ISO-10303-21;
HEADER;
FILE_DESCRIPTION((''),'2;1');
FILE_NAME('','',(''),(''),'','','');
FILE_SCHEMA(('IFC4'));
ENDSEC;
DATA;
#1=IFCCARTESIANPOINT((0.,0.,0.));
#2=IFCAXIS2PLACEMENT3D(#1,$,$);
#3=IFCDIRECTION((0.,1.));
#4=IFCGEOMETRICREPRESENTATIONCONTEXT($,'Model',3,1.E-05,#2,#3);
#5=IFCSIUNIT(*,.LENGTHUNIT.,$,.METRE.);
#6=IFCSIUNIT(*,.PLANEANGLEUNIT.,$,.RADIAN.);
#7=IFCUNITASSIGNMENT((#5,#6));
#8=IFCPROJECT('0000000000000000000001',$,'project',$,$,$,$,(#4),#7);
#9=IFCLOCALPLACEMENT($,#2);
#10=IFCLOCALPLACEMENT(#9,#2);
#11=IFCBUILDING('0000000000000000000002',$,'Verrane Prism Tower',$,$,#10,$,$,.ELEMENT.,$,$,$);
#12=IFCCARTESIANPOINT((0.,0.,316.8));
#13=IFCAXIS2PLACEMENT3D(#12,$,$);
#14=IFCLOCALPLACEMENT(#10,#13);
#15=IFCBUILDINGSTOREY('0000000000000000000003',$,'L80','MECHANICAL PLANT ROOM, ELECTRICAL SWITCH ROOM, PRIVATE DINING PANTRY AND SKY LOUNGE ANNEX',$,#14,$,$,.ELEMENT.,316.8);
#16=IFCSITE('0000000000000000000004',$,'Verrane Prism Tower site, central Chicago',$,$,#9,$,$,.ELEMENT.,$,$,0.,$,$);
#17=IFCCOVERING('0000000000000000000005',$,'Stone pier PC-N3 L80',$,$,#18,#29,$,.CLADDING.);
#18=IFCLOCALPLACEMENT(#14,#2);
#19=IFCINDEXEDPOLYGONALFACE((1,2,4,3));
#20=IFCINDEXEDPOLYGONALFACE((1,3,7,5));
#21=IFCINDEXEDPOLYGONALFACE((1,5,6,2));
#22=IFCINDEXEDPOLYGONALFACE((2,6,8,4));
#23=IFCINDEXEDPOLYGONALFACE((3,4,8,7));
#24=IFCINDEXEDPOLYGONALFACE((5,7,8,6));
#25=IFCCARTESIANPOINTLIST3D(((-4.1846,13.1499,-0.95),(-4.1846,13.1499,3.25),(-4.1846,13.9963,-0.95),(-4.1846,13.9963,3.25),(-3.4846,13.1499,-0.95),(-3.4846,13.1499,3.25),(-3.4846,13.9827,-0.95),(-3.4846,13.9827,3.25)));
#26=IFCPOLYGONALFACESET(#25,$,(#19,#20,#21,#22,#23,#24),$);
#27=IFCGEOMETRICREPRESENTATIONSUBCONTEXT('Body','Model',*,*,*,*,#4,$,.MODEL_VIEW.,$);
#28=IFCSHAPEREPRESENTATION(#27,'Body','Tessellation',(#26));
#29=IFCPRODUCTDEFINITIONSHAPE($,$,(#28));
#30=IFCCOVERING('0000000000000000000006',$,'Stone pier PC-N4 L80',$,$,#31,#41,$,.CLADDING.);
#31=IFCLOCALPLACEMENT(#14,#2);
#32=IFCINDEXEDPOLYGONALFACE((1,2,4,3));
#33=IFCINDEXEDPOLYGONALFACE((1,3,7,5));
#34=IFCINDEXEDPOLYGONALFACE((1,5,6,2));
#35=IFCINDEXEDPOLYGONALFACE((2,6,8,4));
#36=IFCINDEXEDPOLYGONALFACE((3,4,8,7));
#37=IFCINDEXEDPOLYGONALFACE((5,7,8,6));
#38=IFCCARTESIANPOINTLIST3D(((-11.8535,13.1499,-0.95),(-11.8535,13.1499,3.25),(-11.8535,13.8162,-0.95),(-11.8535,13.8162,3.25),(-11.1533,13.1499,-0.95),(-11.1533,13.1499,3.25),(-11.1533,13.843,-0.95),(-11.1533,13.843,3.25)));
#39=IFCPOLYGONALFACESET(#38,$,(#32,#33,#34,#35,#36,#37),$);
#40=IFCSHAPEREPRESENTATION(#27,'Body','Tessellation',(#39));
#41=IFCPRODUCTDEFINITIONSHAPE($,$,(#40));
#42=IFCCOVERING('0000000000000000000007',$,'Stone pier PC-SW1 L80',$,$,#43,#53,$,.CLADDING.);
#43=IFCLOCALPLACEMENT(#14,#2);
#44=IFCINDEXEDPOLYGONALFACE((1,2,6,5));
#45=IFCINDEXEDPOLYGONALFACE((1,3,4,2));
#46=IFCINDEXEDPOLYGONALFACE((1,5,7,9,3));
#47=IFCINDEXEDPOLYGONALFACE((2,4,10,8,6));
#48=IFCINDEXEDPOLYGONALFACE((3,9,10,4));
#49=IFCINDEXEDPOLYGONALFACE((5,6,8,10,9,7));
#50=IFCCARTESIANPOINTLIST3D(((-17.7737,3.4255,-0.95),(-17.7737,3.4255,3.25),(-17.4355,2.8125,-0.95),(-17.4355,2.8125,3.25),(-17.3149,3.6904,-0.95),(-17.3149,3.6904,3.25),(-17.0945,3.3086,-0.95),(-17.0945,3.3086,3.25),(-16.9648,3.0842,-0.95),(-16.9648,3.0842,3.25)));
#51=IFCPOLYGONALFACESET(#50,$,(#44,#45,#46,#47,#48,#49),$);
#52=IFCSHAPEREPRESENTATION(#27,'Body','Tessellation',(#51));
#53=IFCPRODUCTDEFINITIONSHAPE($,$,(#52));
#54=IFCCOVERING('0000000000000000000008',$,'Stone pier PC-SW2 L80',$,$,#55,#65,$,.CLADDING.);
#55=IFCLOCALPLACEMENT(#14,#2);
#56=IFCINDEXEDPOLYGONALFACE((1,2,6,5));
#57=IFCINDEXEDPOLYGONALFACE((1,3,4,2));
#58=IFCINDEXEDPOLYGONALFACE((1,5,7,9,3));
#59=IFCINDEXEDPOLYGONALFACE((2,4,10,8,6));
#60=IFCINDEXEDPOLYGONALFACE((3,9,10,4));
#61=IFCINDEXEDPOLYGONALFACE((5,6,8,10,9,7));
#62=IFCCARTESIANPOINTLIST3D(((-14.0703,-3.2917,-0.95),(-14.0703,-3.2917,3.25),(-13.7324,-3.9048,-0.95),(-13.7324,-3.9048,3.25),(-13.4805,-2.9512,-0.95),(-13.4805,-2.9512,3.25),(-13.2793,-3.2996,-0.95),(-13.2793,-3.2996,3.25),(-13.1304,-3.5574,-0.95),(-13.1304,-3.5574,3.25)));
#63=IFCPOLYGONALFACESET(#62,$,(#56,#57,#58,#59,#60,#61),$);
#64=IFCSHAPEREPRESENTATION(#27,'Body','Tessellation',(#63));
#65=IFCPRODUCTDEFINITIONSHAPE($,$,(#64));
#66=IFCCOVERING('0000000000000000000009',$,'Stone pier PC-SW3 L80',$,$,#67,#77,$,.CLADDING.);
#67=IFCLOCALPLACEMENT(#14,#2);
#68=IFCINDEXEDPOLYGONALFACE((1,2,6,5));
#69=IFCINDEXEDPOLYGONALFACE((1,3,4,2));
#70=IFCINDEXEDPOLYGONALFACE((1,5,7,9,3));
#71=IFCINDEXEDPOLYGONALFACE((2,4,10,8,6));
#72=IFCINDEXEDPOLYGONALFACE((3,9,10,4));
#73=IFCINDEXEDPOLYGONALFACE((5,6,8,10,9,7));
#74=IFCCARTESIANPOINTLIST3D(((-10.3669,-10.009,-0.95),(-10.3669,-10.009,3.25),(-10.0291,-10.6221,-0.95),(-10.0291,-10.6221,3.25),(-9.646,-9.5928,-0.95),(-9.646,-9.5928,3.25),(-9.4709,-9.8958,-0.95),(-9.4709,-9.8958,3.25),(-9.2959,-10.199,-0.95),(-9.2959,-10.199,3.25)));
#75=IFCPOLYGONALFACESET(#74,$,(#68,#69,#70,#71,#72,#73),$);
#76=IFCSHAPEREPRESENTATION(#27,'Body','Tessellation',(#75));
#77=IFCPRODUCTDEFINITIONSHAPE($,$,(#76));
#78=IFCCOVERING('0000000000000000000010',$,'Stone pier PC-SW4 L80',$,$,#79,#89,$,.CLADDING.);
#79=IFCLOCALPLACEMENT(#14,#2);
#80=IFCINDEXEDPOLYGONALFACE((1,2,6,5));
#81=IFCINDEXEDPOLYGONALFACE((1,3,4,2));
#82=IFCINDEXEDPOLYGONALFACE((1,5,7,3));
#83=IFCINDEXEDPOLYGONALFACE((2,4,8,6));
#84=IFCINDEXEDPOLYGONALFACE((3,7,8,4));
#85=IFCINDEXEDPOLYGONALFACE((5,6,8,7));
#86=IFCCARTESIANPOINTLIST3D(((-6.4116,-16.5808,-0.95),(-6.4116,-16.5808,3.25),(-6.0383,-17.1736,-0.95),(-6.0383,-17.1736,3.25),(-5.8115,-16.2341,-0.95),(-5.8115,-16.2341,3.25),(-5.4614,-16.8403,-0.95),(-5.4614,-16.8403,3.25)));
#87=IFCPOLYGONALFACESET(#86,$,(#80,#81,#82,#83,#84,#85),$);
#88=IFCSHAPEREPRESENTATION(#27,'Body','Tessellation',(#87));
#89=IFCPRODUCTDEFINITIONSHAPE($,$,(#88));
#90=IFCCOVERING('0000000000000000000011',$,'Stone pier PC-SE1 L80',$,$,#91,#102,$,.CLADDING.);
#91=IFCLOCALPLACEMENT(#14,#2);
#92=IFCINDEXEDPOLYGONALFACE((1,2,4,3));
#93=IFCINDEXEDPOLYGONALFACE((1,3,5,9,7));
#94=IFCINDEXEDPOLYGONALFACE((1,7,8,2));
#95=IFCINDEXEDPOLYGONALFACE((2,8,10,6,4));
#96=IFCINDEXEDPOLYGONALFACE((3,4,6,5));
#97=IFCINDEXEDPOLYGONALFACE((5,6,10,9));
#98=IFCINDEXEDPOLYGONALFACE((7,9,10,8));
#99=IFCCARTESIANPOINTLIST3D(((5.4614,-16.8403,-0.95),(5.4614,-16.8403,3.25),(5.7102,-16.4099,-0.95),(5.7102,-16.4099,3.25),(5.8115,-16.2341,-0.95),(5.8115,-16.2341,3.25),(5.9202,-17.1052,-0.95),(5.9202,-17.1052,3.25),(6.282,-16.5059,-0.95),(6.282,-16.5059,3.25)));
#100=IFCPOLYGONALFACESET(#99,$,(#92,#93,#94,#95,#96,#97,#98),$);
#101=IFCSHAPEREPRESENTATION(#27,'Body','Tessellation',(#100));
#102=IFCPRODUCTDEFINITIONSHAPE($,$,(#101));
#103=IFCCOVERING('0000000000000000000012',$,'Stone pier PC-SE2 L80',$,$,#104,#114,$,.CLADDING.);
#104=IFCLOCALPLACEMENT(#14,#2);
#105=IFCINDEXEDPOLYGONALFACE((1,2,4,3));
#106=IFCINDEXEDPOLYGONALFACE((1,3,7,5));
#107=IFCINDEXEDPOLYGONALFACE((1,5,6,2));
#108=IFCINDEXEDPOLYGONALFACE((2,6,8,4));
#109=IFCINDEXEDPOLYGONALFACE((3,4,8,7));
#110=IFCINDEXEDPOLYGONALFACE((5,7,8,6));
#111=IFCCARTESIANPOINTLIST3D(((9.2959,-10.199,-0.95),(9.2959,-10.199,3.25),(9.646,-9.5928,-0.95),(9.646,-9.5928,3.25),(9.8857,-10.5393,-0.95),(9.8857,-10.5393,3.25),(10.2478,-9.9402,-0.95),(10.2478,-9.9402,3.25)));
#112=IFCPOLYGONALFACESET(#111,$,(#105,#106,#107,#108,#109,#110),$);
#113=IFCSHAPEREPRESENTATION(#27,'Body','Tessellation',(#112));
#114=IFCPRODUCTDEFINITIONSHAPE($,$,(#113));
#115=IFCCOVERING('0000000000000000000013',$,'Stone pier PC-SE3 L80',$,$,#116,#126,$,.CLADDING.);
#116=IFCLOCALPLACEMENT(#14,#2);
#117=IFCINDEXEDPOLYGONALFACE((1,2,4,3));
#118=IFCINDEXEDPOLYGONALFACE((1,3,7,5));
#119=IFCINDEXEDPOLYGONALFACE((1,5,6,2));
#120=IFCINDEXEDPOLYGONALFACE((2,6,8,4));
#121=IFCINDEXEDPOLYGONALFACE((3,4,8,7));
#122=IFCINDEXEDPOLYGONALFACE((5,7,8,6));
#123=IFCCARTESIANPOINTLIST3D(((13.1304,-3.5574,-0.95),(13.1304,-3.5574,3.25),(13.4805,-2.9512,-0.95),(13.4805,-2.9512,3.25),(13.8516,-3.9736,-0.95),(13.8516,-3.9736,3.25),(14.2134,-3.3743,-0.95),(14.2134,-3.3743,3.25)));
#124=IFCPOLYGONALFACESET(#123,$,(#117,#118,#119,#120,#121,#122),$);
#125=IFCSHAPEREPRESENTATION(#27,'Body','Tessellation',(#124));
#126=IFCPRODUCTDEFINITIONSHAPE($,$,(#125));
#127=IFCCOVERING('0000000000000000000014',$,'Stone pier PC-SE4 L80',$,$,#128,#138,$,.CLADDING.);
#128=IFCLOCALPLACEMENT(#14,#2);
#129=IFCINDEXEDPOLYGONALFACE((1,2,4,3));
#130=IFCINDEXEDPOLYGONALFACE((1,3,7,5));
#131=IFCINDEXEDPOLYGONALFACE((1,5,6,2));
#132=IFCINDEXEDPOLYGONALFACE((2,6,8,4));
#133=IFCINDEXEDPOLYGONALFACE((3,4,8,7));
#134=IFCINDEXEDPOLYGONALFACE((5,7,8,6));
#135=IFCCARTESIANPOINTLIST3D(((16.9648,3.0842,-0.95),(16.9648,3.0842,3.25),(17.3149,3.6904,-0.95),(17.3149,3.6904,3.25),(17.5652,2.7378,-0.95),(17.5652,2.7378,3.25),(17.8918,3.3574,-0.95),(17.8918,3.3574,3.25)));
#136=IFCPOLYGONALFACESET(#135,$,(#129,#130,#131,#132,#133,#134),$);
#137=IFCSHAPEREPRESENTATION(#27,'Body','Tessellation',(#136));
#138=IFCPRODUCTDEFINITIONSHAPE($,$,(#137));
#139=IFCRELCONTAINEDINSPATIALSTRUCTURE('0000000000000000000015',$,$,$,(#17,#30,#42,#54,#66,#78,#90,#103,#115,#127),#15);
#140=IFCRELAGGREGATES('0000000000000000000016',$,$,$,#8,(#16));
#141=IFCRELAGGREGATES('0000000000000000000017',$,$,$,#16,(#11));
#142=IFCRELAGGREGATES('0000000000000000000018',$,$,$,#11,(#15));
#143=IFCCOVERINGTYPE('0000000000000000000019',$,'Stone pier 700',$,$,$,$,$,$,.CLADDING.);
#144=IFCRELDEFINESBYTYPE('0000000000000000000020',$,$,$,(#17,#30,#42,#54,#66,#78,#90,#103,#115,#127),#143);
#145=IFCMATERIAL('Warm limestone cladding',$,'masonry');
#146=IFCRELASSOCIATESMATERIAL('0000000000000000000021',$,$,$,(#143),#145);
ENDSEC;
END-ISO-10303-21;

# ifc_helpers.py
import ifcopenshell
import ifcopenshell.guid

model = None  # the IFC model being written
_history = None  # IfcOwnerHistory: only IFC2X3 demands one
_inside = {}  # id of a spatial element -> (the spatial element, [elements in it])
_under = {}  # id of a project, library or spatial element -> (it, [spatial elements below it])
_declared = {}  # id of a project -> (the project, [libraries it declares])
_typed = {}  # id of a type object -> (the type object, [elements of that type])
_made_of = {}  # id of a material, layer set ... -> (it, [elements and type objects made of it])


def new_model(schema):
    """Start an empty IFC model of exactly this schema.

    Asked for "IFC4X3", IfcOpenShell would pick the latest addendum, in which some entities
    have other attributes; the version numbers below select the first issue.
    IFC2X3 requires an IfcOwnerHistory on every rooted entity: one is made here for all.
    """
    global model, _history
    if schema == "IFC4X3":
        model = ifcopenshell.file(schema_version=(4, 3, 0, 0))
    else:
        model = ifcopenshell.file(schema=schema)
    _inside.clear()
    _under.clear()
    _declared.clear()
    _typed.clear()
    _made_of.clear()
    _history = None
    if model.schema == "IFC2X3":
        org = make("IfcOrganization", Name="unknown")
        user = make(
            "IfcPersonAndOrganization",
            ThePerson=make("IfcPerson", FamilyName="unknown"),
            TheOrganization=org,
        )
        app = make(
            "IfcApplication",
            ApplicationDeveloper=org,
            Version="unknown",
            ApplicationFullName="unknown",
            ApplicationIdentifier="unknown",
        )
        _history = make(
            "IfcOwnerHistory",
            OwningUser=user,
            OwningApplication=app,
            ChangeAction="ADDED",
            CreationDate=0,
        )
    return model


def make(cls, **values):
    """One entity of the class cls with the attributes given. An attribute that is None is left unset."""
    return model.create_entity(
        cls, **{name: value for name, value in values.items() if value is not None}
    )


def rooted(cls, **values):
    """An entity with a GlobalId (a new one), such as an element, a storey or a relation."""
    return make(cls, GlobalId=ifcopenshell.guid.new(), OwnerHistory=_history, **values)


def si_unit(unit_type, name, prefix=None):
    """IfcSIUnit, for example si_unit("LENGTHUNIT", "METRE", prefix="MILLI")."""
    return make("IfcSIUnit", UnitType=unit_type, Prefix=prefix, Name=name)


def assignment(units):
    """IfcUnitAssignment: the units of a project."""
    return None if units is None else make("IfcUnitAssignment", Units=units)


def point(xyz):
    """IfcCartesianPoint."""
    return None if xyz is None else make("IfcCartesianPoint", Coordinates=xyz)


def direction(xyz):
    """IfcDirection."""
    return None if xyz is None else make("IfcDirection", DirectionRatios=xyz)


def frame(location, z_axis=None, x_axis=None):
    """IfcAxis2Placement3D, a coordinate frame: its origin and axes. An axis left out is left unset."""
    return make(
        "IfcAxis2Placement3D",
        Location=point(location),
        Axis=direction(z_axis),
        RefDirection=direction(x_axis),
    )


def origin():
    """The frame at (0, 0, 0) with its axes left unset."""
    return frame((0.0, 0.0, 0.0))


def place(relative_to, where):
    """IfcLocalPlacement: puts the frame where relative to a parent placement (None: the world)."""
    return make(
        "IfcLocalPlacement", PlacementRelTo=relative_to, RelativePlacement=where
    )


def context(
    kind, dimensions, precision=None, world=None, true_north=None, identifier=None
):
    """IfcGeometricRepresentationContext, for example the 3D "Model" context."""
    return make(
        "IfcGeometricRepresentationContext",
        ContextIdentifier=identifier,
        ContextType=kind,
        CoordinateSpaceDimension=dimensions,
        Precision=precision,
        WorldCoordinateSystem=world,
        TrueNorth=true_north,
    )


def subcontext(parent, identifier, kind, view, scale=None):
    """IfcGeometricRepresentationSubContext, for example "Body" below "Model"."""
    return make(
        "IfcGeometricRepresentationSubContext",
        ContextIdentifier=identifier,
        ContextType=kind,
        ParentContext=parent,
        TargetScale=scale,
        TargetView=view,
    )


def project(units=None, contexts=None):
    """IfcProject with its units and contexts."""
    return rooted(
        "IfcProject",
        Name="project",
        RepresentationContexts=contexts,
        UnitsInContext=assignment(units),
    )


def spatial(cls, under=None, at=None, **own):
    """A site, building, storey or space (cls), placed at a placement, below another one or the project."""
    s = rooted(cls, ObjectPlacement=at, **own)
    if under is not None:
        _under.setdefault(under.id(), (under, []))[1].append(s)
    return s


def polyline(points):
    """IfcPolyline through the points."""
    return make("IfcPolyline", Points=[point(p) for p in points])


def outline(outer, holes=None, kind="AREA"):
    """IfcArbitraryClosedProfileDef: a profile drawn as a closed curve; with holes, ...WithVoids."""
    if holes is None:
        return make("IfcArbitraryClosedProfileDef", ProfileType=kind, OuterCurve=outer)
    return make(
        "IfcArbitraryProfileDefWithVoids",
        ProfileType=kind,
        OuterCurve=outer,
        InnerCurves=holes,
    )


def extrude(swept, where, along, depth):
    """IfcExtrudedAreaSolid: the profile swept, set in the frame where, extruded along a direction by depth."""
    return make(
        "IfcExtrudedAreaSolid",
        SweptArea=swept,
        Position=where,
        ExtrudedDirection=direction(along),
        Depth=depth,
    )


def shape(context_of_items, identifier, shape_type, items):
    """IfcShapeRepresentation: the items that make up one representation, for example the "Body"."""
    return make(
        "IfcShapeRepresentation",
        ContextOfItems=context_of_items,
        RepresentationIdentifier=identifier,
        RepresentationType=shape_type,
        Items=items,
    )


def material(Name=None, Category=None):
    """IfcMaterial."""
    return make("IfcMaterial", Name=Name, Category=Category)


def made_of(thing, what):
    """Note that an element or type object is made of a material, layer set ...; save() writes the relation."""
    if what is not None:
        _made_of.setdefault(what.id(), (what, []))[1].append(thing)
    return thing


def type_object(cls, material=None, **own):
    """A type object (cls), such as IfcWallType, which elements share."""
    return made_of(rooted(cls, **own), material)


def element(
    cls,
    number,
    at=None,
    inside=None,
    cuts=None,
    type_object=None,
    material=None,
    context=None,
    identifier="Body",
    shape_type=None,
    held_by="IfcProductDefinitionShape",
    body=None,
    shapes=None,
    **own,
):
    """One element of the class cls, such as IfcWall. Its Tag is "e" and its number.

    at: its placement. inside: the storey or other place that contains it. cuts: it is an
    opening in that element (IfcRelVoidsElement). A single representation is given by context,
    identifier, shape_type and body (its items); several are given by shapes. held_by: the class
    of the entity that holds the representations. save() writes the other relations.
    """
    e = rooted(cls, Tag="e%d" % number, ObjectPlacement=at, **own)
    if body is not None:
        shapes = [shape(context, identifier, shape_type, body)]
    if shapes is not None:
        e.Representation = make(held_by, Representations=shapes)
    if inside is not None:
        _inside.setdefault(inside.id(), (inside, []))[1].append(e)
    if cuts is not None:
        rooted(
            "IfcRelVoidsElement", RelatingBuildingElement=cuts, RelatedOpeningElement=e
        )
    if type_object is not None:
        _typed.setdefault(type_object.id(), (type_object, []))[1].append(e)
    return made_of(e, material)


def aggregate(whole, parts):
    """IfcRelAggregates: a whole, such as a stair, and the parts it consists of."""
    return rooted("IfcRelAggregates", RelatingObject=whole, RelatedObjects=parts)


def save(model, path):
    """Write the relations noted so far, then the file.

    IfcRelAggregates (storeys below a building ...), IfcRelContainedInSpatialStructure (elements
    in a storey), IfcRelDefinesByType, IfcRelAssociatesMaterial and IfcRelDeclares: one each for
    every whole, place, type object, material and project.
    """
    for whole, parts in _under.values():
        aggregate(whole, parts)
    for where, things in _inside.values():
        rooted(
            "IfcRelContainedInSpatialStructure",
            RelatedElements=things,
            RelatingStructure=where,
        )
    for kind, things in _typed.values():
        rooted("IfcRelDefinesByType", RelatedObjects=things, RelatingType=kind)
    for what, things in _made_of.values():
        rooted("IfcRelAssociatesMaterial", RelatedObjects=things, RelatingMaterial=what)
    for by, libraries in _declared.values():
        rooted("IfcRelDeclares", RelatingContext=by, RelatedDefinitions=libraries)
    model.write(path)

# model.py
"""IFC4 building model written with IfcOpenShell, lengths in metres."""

from ifc_helpers import new_model, si_unit, direction, frame, origin, place, context, subcontext, project, spatial, polyline, outline, extrude, material, type_object, element, save


model = new_model("IFC4")

# Units and contexts
model_context = context("Model", 3, precision=1e-05, world=origin(), true_north=direction((0.0, 1.0)))
body_context = subcontext(model_context, "Body", "Model", "MODEL_VIEW")
ifc_project = project(units=[si_unit("LENGTHUNIT", "METRE"), si_unit("PLANEANGLEUNIT", "RADIAN")], contexts=[model_context])

# Site, building, storey
site_placement = place(None, origin())
site = spatial("IfcSite", under=ifc_project, at=site_placement, Name="Verrane Prism Tower site, central Chicago", CompositionType="ELEMENT", RefElevation=0.0)
building_placement = place(site_placement, origin())
building = spatial("IfcBuilding", under=site, at=building_placement, Name="Verrane Prism Tower", CompositionType="ELEMENT")
storey_placement = place(building_placement, frame((0.0, 0.0, 316.8)))
storey = spatial("IfcBuildingStorey", under=building, at=storey_placement, Name="L80", Description="MECHANICAL PLANT ROOM, ELECTRICAL SWITCH ROOM, PRIVATE DINING PANTRY AND SKY LOUNGE ANNEX", CompositionType="ELEMENT", Elevation=316.8)

# Coverings
ifc_material_1 = material(Name="Warm limestone cladding", Category="masonry")
covering_type_1 = type_object("IfcCoveringType", Name="Stone pier 700", PredefinedType="CLADDING", material=ifc_material_1)
covering_1_placement = place(storey_placement, frame((0.0, 0.0, -0.95)))
element("IfcCovering", 1, at=covering_1_placement, inside=storey, type_object=covering_type_1, Name="Stone pier PC-N3 L80", PredefinedType="CLADDING", context=body_context, shape_type="SweptSolid", body=[
    extrude(outline(polyline([(-4.1846, 13.1499), (-3.4846, 13.1499), (-3.4846, 13.9827), (-4.1846, 13.9963), (-4.1846, 13.1499)])), origin(), (0.0, 0.0, 1.0), 4.2),
])
covering_2_placement = place(storey_placement, frame((0.0, 0.0, -0.95)))
element("IfcCovering", 2, at=covering_2_placement, inside=storey, type_object=covering_type_1, Name="Stone pier PC-N4 L80", PredefinedType="CLADDING", context=body_context, shape_type="SweptSolid", body=[
    extrude(outline(polyline([(-11.8535, 13.1499), (-11.1533, 13.1499), (-11.1533, 13.843), (-11.8535, 13.8162), (-11.8535, 13.1499)])), origin(), (0.0, 0.0, 1.0), 4.2),
])
covering_3_placement = place(storey_placement, frame((0.0, 0.0, -0.95)))
element("IfcCovering", 3, at=covering_3_placement, inside=storey, type_object=covering_type_1, Name="Stone pier PC-SW1 L80", PredefinedType="CLADDING", context=body_context, shape_type="SweptSolid", body=[
    extrude(outline(polyline([(-16.9648, 3.0842), (-17.0945, 3.3086), (-17.3149, 3.6904), (-17.7737, 3.4255), (-17.4355, 2.8125), (-16.9648, 3.0842)])), origin(), (0.0, 0.0, 1.0), 4.2),
])
covering_4_placement = place(storey_placement, frame((0.0, 0.0, -0.95)))
element("IfcCovering", 4, at=covering_4_placement, inside=storey, type_object=covering_type_1, Name="Stone pier PC-SW2 L80", PredefinedType="CLADDING", context=body_context, shape_type="SweptSolid", body=[
    extrude(outline(polyline([(-13.1304, -3.5574), (-13.2793, -3.2996), (-13.4805, -2.9512), (-14.0703, -3.2917), (-13.7324, -3.9048), (-13.1304, -3.5574)])), origin(), (0.0, 0.0, 1.0), 4.2),
])
covering_5_placement = place(storey_placement, frame((0.0, 0.0, -0.95)))
element("IfcCovering", 5, at=covering_5_placement, inside=storey, type_object=covering_type_1, Name="Stone pier PC-SW3 L80", PredefinedType="CLADDING", context=body_context, shape_type="SweptSolid", body=[
    extrude(outline(polyline([(-9.2959, -10.199), (-9.4709, -9.8958), (-9.646, -9.5928), (-10.3669, -10.009), (-10.0291, -10.6221), (-9.2959, -10.199)])), origin(), (0.0, 0.0, 1.0), 4.2),
])
covering_6_placement = place(storey_placement, frame((0.0, 0.0, -0.95)))
element("IfcCovering", 6, at=covering_6_placement, inside=storey, type_object=covering_type_1, Name="Stone pier PC-SW4 L80", PredefinedType="CLADDING", context=body_context, shape_type="SweptSolid", body=[
    extrude(outline(polyline([(-5.4614, -16.8403), (-5.8115, -16.2341), (-6.4116, -16.5808), (-6.0383, -17.1736), (-5.4614, -16.8403)])), origin(), (0.0, 0.0, 1.0), 4.2),
])
covering_7_placement = place(storey_placement, frame((0.0, 0.0, -0.95)))
element("IfcCovering", 7, at=covering_7_placement, inside=storey, type_object=covering_type_1, Name="Stone pier PC-SE1 L80", PredefinedType="CLADDING", context=body_context, shape_type="SweptSolid", body=[
    extrude(outline(polyline([(5.8115, -16.2341), (5.7102, -16.4099), (5.4614, -16.8403), (5.9202, -17.1052), (6.282, -16.5059), (5.8115, -16.2341)])), origin(), (0.0, 0.0, 1.0), 4.2),
])
covering_8_placement = place(storey_placement, frame((0.0, 0.0, -0.95)))
element("IfcCovering", 8, at=covering_8_placement, inside=storey, type_object=covering_type_1, Name="Stone pier PC-SE2 L80", PredefinedType="CLADDING", context=body_context, shape_type="SweptSolid", body=[
    extrude(outline(polyline([(9.646, -9.5928), (9.2959, -10.199), (9.8857, -10.5393), (10.2478, -9.9402), (9.646, -9.5928)])), origin(), (0.0, 0.0, 1.0), 4.2),
])
covering_9_placement = place(storey_placement, frame((0.0, 0.0, -0.95)))
element("IfcCovering", 9, at=covering_9_placement, inside=storey, type_object=covering_type_1, Name="Stone pier PC-SE3 L80", PredefinedType="CLADDING", context=body_context, shape_type="SweptSolid", body=[
    extrude(outline(polyline([(13.4805, -2.9512), (13.1304, -3.5574), (13.8516, -3.9736), (14.2134, -3.3743), (13.4805, -2.9512)])), origin(), (0.0, 0.0, 1.0), 4.2),
])
covering_10_placement = place(storey_placement, frame((0.0, 0.0, -0.95)))
element("IfcCovering", 10, at=covering_10_placement, inside=storey, type_object=covering_type_1, Name="Stone pier PC-SE4 L80", PredefinedType="CLADDING", context=body_context, shape_type="SweptSolid", body=[
    extrude(outline(polyline([(17.3149, 3.6904), (16.9648, 3.0842), (17.5652, 2.7378), (17.8918, 3.3574), (17.3149, 3.6904)])), origin(), (0.0, 0.0, 1.0), 4.2),
])

save(model, "model.ifc")
